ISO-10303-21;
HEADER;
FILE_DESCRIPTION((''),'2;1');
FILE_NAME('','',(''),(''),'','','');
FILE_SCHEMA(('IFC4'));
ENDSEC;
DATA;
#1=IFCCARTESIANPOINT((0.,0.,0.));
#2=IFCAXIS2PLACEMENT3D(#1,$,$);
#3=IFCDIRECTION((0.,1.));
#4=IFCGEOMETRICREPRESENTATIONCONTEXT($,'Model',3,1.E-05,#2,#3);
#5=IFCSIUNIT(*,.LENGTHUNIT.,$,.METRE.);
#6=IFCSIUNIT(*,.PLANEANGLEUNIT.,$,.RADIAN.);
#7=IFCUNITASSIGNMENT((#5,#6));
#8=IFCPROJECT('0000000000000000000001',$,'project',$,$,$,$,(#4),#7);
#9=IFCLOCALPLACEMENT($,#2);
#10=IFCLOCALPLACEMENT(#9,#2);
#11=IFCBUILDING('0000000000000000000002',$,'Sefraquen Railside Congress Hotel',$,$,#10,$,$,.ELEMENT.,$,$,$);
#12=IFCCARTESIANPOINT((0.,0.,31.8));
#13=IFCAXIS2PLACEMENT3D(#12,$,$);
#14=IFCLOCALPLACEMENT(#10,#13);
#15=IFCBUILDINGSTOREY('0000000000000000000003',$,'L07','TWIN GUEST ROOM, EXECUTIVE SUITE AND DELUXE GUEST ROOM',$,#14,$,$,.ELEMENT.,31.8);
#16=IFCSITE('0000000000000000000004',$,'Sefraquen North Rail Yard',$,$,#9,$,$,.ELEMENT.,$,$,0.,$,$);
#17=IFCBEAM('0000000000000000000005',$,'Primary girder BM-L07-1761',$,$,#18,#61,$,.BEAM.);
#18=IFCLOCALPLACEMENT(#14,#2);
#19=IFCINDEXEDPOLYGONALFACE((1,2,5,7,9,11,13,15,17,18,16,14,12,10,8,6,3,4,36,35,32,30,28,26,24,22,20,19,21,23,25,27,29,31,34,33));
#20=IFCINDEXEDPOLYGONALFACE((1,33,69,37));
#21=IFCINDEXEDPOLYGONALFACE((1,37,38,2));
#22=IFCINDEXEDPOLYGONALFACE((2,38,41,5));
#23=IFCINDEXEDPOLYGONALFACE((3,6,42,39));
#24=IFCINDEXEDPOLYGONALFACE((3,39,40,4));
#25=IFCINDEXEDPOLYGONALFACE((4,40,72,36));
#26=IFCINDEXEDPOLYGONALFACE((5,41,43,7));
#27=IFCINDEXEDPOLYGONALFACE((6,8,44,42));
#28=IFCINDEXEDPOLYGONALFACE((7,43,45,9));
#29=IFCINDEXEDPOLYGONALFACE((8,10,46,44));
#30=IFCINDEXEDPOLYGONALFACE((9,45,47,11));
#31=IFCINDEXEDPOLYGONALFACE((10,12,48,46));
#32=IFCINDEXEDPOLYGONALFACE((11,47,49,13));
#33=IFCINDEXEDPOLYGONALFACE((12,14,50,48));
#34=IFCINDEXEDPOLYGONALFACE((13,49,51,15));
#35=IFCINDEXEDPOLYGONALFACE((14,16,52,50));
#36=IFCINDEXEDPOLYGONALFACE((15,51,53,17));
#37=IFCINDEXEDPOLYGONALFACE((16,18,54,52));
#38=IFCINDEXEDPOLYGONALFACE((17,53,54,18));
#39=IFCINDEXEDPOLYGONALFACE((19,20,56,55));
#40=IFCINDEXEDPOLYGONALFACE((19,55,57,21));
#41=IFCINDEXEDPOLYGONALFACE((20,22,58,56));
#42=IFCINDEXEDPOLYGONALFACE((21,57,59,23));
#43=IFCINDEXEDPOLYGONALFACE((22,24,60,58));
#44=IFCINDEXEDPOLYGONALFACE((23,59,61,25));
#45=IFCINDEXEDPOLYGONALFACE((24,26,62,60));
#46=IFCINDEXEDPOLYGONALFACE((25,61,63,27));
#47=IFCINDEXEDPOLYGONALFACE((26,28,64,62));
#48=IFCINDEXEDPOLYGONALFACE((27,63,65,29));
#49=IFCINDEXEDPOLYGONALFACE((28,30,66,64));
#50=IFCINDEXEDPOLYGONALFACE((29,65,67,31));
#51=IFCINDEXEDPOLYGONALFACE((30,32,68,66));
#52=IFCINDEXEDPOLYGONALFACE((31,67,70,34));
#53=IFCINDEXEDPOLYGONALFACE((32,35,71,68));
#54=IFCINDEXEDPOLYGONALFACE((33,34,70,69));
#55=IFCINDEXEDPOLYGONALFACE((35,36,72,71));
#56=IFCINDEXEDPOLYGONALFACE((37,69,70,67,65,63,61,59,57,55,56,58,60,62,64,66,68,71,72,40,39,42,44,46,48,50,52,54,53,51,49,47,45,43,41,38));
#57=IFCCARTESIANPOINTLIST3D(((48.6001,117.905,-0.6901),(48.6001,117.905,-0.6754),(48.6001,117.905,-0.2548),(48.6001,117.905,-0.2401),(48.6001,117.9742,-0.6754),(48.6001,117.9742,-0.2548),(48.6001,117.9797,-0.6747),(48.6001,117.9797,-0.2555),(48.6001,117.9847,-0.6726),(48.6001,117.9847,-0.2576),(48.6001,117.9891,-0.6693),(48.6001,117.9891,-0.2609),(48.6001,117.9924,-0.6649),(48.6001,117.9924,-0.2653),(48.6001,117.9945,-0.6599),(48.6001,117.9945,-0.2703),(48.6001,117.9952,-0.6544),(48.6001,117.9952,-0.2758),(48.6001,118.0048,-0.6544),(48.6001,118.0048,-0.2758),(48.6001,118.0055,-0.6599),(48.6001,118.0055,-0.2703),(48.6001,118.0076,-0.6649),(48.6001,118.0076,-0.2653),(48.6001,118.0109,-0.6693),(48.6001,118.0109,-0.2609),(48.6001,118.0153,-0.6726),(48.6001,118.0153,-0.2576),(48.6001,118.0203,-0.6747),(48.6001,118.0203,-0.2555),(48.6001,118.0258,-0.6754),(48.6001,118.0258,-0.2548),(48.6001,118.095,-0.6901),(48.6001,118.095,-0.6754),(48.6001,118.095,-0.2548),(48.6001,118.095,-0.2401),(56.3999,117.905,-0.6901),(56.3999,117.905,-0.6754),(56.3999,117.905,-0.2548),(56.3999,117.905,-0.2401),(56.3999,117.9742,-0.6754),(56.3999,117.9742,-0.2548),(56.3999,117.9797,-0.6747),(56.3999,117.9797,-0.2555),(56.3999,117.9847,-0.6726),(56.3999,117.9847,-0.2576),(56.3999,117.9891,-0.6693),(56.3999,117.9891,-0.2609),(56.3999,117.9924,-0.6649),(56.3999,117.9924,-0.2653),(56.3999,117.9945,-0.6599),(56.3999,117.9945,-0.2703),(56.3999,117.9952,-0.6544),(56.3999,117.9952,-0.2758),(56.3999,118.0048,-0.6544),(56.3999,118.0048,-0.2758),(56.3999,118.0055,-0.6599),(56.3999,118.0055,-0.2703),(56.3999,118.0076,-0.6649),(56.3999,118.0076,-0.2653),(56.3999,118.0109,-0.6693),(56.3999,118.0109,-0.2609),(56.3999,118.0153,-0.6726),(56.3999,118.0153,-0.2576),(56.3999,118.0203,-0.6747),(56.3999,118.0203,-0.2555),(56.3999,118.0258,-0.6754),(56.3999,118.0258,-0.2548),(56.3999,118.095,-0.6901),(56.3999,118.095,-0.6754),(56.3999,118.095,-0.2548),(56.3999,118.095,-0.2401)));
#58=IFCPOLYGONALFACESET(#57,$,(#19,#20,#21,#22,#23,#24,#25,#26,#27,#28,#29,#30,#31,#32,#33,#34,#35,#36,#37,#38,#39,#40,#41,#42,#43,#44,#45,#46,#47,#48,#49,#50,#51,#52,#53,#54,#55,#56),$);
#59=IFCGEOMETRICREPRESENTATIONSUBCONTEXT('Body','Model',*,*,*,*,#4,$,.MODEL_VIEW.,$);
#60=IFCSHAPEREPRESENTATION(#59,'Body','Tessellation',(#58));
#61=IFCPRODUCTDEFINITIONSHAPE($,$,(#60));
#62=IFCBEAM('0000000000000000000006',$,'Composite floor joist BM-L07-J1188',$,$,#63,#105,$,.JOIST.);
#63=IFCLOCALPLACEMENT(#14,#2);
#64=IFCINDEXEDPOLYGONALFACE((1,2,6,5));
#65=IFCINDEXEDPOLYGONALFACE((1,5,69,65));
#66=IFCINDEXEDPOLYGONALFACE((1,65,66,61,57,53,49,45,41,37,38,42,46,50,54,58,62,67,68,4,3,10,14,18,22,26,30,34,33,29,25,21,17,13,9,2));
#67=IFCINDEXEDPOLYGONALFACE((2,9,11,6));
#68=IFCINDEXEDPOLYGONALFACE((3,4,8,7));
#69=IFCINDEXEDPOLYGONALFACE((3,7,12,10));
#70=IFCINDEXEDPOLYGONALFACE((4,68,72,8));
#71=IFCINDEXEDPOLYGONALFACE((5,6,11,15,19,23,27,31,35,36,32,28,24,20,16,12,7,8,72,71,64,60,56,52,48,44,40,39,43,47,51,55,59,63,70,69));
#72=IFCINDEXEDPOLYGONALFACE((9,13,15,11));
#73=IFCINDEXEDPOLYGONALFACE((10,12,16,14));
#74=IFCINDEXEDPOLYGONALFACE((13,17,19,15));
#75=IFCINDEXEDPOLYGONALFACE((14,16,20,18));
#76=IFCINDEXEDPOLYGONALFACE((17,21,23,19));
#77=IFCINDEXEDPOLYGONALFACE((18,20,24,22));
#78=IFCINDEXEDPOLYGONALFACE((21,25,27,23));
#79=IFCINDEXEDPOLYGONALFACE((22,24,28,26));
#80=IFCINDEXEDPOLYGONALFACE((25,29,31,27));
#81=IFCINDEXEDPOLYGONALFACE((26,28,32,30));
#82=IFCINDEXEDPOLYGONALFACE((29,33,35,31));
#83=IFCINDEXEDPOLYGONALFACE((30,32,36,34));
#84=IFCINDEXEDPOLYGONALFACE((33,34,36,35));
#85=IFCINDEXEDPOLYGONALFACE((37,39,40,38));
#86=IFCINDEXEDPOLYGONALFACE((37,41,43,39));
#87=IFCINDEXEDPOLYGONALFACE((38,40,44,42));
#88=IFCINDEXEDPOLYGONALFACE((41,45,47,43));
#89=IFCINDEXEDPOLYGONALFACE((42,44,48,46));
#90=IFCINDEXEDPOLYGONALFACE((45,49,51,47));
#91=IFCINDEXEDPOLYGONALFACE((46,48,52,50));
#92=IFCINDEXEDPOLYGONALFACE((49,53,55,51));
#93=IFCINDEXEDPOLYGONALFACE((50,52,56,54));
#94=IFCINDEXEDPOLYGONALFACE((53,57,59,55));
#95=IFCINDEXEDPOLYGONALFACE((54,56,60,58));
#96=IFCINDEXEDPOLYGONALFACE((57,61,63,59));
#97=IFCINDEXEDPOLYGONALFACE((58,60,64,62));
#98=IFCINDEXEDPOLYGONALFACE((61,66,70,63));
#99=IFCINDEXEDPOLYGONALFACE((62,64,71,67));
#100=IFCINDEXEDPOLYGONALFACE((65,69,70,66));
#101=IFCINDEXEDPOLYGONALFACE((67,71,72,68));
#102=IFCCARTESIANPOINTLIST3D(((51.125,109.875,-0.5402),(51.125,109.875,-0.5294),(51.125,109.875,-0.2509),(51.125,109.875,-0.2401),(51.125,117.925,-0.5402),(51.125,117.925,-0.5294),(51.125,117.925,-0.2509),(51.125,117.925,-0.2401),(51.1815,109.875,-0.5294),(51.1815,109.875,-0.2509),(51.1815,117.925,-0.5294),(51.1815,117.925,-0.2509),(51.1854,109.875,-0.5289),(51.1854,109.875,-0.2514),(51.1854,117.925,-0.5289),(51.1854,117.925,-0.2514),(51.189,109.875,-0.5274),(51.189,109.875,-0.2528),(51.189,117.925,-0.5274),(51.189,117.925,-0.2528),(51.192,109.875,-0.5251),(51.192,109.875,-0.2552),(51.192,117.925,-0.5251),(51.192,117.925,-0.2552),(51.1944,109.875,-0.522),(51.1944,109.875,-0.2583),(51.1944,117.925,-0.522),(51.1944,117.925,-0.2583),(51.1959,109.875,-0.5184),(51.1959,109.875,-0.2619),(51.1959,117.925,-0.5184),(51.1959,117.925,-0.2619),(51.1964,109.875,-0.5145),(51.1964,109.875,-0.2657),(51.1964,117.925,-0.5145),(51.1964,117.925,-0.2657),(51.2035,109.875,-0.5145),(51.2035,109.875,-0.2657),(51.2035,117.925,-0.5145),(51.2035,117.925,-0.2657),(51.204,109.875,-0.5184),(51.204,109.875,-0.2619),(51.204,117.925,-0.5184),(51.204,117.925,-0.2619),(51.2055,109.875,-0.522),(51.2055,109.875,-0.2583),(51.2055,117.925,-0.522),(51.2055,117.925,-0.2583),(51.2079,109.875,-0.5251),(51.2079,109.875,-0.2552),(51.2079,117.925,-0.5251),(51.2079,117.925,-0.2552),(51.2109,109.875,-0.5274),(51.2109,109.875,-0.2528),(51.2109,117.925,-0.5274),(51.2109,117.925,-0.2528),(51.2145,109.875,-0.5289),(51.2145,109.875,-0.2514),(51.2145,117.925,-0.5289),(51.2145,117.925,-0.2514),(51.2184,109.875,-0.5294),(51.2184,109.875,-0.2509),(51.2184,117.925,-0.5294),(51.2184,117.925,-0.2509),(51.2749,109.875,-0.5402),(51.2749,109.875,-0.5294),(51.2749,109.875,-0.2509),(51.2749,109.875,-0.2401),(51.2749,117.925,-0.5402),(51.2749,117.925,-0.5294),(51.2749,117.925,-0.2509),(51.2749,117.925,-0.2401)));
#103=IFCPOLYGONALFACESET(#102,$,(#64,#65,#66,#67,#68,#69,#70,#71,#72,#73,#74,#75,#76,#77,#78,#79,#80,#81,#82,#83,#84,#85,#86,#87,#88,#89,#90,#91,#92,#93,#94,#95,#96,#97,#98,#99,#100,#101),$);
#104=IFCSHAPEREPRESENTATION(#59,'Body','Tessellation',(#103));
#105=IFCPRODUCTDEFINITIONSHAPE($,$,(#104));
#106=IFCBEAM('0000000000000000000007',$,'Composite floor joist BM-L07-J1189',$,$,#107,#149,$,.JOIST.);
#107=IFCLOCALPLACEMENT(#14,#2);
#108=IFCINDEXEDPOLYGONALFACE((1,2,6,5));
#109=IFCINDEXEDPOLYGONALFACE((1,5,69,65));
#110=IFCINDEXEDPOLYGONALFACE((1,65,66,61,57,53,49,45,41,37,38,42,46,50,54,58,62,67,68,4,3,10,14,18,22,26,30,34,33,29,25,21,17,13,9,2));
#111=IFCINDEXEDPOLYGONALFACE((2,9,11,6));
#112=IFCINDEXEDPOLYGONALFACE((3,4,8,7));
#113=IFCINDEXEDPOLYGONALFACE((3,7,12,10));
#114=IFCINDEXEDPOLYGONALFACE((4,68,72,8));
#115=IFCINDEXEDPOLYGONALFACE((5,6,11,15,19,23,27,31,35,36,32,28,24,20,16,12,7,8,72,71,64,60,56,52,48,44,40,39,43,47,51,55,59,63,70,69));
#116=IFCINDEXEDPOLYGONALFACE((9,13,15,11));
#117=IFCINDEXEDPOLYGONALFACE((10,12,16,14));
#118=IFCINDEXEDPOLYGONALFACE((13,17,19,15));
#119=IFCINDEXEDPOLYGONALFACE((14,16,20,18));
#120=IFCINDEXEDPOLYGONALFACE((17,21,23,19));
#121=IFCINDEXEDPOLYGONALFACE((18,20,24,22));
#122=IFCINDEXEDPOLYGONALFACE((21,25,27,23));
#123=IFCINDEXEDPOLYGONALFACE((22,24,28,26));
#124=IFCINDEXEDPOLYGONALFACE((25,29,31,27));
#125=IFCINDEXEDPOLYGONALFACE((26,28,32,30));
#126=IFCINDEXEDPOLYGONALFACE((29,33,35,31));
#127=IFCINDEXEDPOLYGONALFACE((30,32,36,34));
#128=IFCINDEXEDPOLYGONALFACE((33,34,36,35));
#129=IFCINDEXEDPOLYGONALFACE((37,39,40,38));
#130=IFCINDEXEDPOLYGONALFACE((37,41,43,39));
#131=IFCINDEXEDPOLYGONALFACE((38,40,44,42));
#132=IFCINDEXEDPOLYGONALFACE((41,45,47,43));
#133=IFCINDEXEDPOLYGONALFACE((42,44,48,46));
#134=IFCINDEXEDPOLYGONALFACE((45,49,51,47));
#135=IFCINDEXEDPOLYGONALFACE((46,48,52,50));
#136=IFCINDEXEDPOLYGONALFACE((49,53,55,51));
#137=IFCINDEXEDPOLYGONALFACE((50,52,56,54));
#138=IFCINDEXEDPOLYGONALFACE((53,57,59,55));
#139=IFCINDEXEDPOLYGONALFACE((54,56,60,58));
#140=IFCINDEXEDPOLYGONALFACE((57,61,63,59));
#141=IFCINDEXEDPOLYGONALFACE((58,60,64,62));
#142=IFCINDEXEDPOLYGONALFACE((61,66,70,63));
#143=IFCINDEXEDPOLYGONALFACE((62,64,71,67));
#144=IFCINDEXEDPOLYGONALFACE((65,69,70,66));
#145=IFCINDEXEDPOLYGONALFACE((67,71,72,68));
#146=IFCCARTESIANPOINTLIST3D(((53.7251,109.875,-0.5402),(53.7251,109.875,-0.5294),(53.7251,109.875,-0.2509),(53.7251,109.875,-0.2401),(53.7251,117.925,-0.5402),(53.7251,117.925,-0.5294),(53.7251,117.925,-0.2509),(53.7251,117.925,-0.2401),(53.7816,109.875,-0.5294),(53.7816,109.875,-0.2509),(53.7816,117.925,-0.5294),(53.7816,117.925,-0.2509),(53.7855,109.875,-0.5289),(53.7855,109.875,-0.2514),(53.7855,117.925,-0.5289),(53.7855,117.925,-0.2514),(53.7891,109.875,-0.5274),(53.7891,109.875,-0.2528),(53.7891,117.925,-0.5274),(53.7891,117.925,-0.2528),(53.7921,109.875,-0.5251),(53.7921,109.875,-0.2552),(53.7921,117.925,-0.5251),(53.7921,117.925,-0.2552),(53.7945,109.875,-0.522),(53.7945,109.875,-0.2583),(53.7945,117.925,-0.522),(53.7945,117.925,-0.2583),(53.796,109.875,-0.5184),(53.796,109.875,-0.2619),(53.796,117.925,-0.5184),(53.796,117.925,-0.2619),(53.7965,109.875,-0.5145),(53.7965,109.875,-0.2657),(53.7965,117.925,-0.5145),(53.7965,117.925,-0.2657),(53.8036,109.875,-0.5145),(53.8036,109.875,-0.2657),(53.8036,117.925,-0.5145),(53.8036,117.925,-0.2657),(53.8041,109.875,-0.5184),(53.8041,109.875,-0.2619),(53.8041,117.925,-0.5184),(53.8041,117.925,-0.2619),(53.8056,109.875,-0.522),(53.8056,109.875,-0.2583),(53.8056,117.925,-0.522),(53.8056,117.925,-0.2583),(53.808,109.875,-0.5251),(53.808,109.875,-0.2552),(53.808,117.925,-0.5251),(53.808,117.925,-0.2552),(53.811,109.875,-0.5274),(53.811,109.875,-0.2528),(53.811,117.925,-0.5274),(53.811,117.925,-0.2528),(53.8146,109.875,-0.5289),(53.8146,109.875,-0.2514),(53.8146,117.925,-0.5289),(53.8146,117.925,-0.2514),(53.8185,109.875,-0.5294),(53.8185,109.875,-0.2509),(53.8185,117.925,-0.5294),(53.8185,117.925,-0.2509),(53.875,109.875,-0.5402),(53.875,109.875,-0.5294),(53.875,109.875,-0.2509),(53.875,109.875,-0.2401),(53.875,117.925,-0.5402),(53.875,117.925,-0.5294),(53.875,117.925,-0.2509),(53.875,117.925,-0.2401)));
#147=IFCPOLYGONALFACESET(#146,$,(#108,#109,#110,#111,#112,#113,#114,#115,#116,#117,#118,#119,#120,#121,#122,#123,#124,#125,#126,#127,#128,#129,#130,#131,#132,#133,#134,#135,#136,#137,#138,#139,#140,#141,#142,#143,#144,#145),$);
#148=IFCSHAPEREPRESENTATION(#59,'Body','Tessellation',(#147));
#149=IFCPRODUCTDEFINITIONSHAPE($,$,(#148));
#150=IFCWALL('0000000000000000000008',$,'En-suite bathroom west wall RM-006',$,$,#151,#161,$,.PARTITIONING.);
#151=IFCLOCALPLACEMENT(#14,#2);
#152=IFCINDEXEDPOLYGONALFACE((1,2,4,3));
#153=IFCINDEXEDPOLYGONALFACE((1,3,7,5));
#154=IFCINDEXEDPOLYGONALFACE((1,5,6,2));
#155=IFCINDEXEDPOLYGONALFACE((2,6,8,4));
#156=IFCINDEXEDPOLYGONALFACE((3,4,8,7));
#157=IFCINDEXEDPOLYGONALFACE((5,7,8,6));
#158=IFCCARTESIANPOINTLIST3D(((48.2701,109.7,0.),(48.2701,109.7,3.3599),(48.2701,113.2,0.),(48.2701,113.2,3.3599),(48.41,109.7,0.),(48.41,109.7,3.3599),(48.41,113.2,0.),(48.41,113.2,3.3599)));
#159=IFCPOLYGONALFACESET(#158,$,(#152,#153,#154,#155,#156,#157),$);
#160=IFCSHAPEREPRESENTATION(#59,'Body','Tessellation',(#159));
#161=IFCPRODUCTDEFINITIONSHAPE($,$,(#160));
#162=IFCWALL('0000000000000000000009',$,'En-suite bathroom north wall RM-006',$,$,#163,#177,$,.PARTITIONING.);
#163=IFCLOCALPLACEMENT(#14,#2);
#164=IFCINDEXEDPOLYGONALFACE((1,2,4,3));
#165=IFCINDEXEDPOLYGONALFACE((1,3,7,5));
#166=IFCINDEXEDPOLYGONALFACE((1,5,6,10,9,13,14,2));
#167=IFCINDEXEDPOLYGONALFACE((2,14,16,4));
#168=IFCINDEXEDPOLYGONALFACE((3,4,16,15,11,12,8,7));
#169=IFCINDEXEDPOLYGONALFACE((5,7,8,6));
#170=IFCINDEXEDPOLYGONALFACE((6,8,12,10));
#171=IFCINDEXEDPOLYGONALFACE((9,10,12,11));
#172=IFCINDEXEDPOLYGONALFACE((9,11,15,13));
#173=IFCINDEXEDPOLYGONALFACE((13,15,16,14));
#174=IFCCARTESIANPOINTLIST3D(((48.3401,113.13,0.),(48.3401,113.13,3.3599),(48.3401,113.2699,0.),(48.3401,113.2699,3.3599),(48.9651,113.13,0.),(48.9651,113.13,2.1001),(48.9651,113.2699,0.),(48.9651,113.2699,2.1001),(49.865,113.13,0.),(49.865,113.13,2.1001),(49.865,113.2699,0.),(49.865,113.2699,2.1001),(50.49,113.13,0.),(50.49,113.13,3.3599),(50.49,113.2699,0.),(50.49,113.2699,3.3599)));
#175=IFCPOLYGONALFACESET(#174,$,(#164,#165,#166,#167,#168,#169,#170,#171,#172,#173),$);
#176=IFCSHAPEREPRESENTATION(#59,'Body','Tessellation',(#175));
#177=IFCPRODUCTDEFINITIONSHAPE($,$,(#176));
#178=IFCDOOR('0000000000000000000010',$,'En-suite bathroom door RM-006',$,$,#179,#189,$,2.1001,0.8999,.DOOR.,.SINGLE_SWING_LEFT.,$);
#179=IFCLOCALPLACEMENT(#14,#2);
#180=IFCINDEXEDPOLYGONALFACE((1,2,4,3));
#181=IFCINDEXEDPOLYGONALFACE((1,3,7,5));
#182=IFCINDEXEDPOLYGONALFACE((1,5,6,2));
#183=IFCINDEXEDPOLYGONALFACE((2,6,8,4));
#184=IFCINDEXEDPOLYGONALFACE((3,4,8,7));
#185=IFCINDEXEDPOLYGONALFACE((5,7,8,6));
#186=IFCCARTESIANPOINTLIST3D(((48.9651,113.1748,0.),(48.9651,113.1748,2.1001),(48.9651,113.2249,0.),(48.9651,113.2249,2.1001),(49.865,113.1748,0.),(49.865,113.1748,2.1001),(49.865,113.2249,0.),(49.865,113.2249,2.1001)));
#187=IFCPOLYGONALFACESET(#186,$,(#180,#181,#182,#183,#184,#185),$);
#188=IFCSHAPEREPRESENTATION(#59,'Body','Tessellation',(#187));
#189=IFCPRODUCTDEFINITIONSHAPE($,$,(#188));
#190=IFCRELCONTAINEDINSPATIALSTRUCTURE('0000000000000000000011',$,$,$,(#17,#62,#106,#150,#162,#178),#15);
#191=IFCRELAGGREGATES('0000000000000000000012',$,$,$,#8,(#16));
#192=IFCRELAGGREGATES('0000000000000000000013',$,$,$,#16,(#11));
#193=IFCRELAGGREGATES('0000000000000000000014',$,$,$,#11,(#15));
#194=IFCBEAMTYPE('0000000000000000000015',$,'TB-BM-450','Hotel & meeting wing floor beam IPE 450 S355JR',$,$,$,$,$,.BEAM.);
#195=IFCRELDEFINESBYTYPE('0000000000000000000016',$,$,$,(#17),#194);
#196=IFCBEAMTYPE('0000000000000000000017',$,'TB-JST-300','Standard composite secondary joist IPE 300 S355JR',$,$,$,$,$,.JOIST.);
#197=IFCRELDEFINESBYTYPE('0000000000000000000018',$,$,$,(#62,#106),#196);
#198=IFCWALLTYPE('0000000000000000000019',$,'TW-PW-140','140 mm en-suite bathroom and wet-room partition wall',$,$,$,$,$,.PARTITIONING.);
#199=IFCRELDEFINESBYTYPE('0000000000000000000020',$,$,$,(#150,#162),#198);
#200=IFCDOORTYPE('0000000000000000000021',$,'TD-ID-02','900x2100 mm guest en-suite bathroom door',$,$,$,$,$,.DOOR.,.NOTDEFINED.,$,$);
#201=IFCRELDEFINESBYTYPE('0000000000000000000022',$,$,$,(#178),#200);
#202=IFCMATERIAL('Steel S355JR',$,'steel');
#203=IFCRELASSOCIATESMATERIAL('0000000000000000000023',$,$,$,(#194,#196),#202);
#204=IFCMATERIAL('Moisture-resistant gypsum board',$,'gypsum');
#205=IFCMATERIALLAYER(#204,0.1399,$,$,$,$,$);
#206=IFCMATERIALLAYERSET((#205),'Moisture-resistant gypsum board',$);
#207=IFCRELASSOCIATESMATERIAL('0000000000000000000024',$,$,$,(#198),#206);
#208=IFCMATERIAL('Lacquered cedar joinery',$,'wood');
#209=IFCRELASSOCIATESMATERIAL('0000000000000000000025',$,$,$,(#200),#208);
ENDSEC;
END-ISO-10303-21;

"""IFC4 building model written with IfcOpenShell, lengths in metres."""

from ifc_helpers import new_model, si_unit, direction, frame, frame_2d, origin, origin_2d, place, context, subcontext, project, spatial, rectangle, i_section, extrude, material, layer, layer_set, material_profile, profile_set, type_object, element, fill, save


model = new_model("IFC4")

# Units and contexts
model_context = context("Model", 3, precision=1e-05, world=origin(), true_north=direction((0.0, 1.0)))
body_context = subcontext(model_context, "Body", "Model", "MODEL_VIEW")
ifc_project = project(units=[si_unit("LENGTHUNIT", "METRE"), si_unit("PLANEANGLEUNIT", "RADIAN")], contexts=[model_context])

# Site, building, storey
site_placement = place(None, origin())
site = spatial("IfcSite", under=ifc_project, at=site_placement, Name="Sefraquen North Rail Yard", CompositionType="ELEMENT", RefElevation=0.0)
building_placement = place(site_placement, origin())
building = spatial("IfcBuilding", under=site, at=building_placement, Name="Sefraquen Railside Congress Hotel", CompositionType="ELEMENT")
storey_placement = place(building_placement, frame((0.0, 0.0, 31.8)))
storey = spatial("IfcBuildingStorey", under=building, at=storey_placement, Name="L07", Description="TWIN GUEST ROOM, EXECUTIVE SUITE AND DELUXE GUEST ROOM", CompositionType="ELEMENT", Elevation=31.8)

# Shared definitions
ifc_material_1 = material(Name="Steel S355JR", Category="steel")

# Beams
ifc_material_profile_1 = material_profile(ifc_material_1, i_section(OverallWidth=0.1899, OverallDepth=0.45, WebThickness=0.0095, FlangeThickness=0.0146, FilletRadius=0.021, at=origin_2d()), Name="IPE 450")
ifc_profile_set_1 = profile_set([ifc_material_profile_1], Name="Steel S355JR")
beam_type_1 = type_object("IfcBeamType", Name="TB-BM-450", Description="Hotel & meeting wing floor beam IPE 450 S355JR", PredefinedType="BEAM", material=ifc_profile_set_1)
beam_1_placement = place(storey_placement, frame((48.6001, 118.0, -0.4651), z_axis=(1.0, 0.0, 0.0), x_axis=(0.0, 1.0, 0.0)))
element("IfcBeam", 1, at=beam_1_placement, inside=storey, type_object=beam_type_1, Name="Primary girder BM-L07-1761", PredefinedType="BEAM", context=body_context, shape_type="SweptSolid", body=[
    extrude(i_section(OverallWidth=0.1899, OverallDepth=0.45, WebThickness=0.0095, FlangeThickness=0.0146, FilletRadius=0.021, at=origin_2d()), origin(), (0.0, 0.0, 1.0), 7.7998),
])
ifc_material_profile_2 = material_profile(ifc_material_1, i_section(OverallWidth=0.1499, OverallDepth=0.3, WebThickness=0.0071, FlangeThickness=0.0107, FilletRadius=0.0149, at=origin_2d()), Name="IPE 300")
ifc_profile_set_2 = profile_set([ifc_material_profile_2], Name="Steel S355JR")
beam_type_2 = type_object("IfcBeamType", Name="TB-JST-300", Description="Standard composite secondary joist IPE 300 S355JR", PredefinedType="JOIST", material=ifc_profile_set_2)
for number, where, z_axis, x_axis, name in (
    (2, (51.2, 109.875, -0.3901), (0.0, 1.0, 0.0), (-1.0, 0.0, 0.0), "Composite floor joist BM-L07-J1188"),
    (3, (53.8, 109.875, -0.3901), (0.0, 1.0, 0.0), (-1.0, 0.0, 0.0), "Composite floor joist BM-L07-J1189"),
):
    element("IfcBeam", number, at=place(storey_placement, frame(where, z_axis=z_axis, x_axis=x_axis)), inside=storey, type_object=beam_type_2, Name=name, PredefinedType="JOIST", context=body_context, shape_type="SweptSolid", body=[
        extrude(i_section(OverallWidth=0.1499, OverallDepth=0.3, WebThickness=0.0071, FlangeThickness=0.0107, FilletRadius=0.0149, at=origin_2d()), origin(), (0.0, 0.0, 1.0), 8.05),
    ])

# Wall
ifc_material_2 = material(Name="Moisture-resistant gypsum board", Category="gypsum")
ifc_layer_1 = layer(ifc_material_2, 0.1399)
ifc_layer_set_1 = layer_set([ifc_layer_1], Name="Moisture-resistant gypsum board")
wall_type_1 = type_object("IfcWallType", Name="TW-PW-140", Description="140 mm en-suite bathroom and wet-room partition wall", PredefinedType="PARTITIONING", material=ifc_layer_set_1)
wall_1_placement = place(storey_placement, frame((48.3401, 109.7, 0.0), z_axis=(0.0, 0.0, 1.0), x_axis=(0.0, 1.0, 0.0)))
element("IfcWall", 4, at=wall_1_placement, inside=storey, type_object=wall_type_1, Name="En-suite bathroom west wall RM-006", PredefinedType="PARTITIONING", context=body_context, shape_type="SweptSolid", body=[
    extrude(rectangle(XDim=3.5, YDim=0.1399, at=frame_2d((1.75, 0.0))), origin(), (0.0, 0.0, 1.0), 3.3599),
])

# Wall, opening, door
wall_2_placement = place(storey_placement, frame((48.3401, 113.2, 0.0), z_axis=(0.0, 0.0, 1.0), x_axis=(1.0, 0.0, 0.0)))
wall_2 = element("IfcWall", 5, at=wall_2_placement, inside=storey, type_object=wall_type_1, Name="En-suite bathroom north wall RM-006", PredefinedType="PARTITIONING", context=body_context, shape_type="SweptSolid", body=[
    extrude(rectangle(XDim=2.1499, YDim=0.1399, at=frame_2d((1.075, 0.0))), origin(), (0.0, 0.0, 1.0), 3.3599),
])
opening_1_placement = place(wall_2_placement, frame((0.625, 0.0, 0.0)))
opening_1 = element("IfcOpeningElement", 6, at=opening_1_placement, cuts=wall_2, PredefinedType="OPENING", context=body_context, shape_type="SweptSolid", body=[
    extrude(rectangle(XDim=0.8999, YDim=2.1001, at=frame_2d((0.45, 1.05))), frame((0.0, 0.0798, 0.0), z_axis=(0.0, -1.0, 0.0), x_axis=(1.0, 0.0, 0.0)), (0.0, 0.0, 1.0), 0.1599),
])
ifc_material_3 = material(Name="Lacquered cedar joinery", Category="wood")
door_type = type_object("IfcDoorType", Name="TD-ID-02", Description="900x2100 mm guest en-suite bathroom door", OperationType="NOTDEFINED", PredefinedType="DOOR", material=ifc_material_3)
door_1_placement = place(opening_1_placement, origin())
door_1 = element("IfcDoor", 7, at=door_1_placement, inside=storey, type_object=door_type, Name="En-suite bathroom door RM-006", OperationType="SINGLE_SWING_LEFT", OverallHeight=2.1001, OverallWidth=0.8999, PredefinedType="DOOR", context=body_context, shape_type="SweptSolid", body=[
    extrude(rectangle(XDim=0.8999, YDim=2.1001, at=frame_2d((0.45, 1.05))), frame((0.0, 0.0249, 0.0), z_axis=(0.0, -1.0, 0.0), x_axis=(1.0, 0.0, 0.0)), (0.0, 0.0, 1.0), 0.05),
])
fill(opening_1, door_1)

save(model, "model.ifc")
